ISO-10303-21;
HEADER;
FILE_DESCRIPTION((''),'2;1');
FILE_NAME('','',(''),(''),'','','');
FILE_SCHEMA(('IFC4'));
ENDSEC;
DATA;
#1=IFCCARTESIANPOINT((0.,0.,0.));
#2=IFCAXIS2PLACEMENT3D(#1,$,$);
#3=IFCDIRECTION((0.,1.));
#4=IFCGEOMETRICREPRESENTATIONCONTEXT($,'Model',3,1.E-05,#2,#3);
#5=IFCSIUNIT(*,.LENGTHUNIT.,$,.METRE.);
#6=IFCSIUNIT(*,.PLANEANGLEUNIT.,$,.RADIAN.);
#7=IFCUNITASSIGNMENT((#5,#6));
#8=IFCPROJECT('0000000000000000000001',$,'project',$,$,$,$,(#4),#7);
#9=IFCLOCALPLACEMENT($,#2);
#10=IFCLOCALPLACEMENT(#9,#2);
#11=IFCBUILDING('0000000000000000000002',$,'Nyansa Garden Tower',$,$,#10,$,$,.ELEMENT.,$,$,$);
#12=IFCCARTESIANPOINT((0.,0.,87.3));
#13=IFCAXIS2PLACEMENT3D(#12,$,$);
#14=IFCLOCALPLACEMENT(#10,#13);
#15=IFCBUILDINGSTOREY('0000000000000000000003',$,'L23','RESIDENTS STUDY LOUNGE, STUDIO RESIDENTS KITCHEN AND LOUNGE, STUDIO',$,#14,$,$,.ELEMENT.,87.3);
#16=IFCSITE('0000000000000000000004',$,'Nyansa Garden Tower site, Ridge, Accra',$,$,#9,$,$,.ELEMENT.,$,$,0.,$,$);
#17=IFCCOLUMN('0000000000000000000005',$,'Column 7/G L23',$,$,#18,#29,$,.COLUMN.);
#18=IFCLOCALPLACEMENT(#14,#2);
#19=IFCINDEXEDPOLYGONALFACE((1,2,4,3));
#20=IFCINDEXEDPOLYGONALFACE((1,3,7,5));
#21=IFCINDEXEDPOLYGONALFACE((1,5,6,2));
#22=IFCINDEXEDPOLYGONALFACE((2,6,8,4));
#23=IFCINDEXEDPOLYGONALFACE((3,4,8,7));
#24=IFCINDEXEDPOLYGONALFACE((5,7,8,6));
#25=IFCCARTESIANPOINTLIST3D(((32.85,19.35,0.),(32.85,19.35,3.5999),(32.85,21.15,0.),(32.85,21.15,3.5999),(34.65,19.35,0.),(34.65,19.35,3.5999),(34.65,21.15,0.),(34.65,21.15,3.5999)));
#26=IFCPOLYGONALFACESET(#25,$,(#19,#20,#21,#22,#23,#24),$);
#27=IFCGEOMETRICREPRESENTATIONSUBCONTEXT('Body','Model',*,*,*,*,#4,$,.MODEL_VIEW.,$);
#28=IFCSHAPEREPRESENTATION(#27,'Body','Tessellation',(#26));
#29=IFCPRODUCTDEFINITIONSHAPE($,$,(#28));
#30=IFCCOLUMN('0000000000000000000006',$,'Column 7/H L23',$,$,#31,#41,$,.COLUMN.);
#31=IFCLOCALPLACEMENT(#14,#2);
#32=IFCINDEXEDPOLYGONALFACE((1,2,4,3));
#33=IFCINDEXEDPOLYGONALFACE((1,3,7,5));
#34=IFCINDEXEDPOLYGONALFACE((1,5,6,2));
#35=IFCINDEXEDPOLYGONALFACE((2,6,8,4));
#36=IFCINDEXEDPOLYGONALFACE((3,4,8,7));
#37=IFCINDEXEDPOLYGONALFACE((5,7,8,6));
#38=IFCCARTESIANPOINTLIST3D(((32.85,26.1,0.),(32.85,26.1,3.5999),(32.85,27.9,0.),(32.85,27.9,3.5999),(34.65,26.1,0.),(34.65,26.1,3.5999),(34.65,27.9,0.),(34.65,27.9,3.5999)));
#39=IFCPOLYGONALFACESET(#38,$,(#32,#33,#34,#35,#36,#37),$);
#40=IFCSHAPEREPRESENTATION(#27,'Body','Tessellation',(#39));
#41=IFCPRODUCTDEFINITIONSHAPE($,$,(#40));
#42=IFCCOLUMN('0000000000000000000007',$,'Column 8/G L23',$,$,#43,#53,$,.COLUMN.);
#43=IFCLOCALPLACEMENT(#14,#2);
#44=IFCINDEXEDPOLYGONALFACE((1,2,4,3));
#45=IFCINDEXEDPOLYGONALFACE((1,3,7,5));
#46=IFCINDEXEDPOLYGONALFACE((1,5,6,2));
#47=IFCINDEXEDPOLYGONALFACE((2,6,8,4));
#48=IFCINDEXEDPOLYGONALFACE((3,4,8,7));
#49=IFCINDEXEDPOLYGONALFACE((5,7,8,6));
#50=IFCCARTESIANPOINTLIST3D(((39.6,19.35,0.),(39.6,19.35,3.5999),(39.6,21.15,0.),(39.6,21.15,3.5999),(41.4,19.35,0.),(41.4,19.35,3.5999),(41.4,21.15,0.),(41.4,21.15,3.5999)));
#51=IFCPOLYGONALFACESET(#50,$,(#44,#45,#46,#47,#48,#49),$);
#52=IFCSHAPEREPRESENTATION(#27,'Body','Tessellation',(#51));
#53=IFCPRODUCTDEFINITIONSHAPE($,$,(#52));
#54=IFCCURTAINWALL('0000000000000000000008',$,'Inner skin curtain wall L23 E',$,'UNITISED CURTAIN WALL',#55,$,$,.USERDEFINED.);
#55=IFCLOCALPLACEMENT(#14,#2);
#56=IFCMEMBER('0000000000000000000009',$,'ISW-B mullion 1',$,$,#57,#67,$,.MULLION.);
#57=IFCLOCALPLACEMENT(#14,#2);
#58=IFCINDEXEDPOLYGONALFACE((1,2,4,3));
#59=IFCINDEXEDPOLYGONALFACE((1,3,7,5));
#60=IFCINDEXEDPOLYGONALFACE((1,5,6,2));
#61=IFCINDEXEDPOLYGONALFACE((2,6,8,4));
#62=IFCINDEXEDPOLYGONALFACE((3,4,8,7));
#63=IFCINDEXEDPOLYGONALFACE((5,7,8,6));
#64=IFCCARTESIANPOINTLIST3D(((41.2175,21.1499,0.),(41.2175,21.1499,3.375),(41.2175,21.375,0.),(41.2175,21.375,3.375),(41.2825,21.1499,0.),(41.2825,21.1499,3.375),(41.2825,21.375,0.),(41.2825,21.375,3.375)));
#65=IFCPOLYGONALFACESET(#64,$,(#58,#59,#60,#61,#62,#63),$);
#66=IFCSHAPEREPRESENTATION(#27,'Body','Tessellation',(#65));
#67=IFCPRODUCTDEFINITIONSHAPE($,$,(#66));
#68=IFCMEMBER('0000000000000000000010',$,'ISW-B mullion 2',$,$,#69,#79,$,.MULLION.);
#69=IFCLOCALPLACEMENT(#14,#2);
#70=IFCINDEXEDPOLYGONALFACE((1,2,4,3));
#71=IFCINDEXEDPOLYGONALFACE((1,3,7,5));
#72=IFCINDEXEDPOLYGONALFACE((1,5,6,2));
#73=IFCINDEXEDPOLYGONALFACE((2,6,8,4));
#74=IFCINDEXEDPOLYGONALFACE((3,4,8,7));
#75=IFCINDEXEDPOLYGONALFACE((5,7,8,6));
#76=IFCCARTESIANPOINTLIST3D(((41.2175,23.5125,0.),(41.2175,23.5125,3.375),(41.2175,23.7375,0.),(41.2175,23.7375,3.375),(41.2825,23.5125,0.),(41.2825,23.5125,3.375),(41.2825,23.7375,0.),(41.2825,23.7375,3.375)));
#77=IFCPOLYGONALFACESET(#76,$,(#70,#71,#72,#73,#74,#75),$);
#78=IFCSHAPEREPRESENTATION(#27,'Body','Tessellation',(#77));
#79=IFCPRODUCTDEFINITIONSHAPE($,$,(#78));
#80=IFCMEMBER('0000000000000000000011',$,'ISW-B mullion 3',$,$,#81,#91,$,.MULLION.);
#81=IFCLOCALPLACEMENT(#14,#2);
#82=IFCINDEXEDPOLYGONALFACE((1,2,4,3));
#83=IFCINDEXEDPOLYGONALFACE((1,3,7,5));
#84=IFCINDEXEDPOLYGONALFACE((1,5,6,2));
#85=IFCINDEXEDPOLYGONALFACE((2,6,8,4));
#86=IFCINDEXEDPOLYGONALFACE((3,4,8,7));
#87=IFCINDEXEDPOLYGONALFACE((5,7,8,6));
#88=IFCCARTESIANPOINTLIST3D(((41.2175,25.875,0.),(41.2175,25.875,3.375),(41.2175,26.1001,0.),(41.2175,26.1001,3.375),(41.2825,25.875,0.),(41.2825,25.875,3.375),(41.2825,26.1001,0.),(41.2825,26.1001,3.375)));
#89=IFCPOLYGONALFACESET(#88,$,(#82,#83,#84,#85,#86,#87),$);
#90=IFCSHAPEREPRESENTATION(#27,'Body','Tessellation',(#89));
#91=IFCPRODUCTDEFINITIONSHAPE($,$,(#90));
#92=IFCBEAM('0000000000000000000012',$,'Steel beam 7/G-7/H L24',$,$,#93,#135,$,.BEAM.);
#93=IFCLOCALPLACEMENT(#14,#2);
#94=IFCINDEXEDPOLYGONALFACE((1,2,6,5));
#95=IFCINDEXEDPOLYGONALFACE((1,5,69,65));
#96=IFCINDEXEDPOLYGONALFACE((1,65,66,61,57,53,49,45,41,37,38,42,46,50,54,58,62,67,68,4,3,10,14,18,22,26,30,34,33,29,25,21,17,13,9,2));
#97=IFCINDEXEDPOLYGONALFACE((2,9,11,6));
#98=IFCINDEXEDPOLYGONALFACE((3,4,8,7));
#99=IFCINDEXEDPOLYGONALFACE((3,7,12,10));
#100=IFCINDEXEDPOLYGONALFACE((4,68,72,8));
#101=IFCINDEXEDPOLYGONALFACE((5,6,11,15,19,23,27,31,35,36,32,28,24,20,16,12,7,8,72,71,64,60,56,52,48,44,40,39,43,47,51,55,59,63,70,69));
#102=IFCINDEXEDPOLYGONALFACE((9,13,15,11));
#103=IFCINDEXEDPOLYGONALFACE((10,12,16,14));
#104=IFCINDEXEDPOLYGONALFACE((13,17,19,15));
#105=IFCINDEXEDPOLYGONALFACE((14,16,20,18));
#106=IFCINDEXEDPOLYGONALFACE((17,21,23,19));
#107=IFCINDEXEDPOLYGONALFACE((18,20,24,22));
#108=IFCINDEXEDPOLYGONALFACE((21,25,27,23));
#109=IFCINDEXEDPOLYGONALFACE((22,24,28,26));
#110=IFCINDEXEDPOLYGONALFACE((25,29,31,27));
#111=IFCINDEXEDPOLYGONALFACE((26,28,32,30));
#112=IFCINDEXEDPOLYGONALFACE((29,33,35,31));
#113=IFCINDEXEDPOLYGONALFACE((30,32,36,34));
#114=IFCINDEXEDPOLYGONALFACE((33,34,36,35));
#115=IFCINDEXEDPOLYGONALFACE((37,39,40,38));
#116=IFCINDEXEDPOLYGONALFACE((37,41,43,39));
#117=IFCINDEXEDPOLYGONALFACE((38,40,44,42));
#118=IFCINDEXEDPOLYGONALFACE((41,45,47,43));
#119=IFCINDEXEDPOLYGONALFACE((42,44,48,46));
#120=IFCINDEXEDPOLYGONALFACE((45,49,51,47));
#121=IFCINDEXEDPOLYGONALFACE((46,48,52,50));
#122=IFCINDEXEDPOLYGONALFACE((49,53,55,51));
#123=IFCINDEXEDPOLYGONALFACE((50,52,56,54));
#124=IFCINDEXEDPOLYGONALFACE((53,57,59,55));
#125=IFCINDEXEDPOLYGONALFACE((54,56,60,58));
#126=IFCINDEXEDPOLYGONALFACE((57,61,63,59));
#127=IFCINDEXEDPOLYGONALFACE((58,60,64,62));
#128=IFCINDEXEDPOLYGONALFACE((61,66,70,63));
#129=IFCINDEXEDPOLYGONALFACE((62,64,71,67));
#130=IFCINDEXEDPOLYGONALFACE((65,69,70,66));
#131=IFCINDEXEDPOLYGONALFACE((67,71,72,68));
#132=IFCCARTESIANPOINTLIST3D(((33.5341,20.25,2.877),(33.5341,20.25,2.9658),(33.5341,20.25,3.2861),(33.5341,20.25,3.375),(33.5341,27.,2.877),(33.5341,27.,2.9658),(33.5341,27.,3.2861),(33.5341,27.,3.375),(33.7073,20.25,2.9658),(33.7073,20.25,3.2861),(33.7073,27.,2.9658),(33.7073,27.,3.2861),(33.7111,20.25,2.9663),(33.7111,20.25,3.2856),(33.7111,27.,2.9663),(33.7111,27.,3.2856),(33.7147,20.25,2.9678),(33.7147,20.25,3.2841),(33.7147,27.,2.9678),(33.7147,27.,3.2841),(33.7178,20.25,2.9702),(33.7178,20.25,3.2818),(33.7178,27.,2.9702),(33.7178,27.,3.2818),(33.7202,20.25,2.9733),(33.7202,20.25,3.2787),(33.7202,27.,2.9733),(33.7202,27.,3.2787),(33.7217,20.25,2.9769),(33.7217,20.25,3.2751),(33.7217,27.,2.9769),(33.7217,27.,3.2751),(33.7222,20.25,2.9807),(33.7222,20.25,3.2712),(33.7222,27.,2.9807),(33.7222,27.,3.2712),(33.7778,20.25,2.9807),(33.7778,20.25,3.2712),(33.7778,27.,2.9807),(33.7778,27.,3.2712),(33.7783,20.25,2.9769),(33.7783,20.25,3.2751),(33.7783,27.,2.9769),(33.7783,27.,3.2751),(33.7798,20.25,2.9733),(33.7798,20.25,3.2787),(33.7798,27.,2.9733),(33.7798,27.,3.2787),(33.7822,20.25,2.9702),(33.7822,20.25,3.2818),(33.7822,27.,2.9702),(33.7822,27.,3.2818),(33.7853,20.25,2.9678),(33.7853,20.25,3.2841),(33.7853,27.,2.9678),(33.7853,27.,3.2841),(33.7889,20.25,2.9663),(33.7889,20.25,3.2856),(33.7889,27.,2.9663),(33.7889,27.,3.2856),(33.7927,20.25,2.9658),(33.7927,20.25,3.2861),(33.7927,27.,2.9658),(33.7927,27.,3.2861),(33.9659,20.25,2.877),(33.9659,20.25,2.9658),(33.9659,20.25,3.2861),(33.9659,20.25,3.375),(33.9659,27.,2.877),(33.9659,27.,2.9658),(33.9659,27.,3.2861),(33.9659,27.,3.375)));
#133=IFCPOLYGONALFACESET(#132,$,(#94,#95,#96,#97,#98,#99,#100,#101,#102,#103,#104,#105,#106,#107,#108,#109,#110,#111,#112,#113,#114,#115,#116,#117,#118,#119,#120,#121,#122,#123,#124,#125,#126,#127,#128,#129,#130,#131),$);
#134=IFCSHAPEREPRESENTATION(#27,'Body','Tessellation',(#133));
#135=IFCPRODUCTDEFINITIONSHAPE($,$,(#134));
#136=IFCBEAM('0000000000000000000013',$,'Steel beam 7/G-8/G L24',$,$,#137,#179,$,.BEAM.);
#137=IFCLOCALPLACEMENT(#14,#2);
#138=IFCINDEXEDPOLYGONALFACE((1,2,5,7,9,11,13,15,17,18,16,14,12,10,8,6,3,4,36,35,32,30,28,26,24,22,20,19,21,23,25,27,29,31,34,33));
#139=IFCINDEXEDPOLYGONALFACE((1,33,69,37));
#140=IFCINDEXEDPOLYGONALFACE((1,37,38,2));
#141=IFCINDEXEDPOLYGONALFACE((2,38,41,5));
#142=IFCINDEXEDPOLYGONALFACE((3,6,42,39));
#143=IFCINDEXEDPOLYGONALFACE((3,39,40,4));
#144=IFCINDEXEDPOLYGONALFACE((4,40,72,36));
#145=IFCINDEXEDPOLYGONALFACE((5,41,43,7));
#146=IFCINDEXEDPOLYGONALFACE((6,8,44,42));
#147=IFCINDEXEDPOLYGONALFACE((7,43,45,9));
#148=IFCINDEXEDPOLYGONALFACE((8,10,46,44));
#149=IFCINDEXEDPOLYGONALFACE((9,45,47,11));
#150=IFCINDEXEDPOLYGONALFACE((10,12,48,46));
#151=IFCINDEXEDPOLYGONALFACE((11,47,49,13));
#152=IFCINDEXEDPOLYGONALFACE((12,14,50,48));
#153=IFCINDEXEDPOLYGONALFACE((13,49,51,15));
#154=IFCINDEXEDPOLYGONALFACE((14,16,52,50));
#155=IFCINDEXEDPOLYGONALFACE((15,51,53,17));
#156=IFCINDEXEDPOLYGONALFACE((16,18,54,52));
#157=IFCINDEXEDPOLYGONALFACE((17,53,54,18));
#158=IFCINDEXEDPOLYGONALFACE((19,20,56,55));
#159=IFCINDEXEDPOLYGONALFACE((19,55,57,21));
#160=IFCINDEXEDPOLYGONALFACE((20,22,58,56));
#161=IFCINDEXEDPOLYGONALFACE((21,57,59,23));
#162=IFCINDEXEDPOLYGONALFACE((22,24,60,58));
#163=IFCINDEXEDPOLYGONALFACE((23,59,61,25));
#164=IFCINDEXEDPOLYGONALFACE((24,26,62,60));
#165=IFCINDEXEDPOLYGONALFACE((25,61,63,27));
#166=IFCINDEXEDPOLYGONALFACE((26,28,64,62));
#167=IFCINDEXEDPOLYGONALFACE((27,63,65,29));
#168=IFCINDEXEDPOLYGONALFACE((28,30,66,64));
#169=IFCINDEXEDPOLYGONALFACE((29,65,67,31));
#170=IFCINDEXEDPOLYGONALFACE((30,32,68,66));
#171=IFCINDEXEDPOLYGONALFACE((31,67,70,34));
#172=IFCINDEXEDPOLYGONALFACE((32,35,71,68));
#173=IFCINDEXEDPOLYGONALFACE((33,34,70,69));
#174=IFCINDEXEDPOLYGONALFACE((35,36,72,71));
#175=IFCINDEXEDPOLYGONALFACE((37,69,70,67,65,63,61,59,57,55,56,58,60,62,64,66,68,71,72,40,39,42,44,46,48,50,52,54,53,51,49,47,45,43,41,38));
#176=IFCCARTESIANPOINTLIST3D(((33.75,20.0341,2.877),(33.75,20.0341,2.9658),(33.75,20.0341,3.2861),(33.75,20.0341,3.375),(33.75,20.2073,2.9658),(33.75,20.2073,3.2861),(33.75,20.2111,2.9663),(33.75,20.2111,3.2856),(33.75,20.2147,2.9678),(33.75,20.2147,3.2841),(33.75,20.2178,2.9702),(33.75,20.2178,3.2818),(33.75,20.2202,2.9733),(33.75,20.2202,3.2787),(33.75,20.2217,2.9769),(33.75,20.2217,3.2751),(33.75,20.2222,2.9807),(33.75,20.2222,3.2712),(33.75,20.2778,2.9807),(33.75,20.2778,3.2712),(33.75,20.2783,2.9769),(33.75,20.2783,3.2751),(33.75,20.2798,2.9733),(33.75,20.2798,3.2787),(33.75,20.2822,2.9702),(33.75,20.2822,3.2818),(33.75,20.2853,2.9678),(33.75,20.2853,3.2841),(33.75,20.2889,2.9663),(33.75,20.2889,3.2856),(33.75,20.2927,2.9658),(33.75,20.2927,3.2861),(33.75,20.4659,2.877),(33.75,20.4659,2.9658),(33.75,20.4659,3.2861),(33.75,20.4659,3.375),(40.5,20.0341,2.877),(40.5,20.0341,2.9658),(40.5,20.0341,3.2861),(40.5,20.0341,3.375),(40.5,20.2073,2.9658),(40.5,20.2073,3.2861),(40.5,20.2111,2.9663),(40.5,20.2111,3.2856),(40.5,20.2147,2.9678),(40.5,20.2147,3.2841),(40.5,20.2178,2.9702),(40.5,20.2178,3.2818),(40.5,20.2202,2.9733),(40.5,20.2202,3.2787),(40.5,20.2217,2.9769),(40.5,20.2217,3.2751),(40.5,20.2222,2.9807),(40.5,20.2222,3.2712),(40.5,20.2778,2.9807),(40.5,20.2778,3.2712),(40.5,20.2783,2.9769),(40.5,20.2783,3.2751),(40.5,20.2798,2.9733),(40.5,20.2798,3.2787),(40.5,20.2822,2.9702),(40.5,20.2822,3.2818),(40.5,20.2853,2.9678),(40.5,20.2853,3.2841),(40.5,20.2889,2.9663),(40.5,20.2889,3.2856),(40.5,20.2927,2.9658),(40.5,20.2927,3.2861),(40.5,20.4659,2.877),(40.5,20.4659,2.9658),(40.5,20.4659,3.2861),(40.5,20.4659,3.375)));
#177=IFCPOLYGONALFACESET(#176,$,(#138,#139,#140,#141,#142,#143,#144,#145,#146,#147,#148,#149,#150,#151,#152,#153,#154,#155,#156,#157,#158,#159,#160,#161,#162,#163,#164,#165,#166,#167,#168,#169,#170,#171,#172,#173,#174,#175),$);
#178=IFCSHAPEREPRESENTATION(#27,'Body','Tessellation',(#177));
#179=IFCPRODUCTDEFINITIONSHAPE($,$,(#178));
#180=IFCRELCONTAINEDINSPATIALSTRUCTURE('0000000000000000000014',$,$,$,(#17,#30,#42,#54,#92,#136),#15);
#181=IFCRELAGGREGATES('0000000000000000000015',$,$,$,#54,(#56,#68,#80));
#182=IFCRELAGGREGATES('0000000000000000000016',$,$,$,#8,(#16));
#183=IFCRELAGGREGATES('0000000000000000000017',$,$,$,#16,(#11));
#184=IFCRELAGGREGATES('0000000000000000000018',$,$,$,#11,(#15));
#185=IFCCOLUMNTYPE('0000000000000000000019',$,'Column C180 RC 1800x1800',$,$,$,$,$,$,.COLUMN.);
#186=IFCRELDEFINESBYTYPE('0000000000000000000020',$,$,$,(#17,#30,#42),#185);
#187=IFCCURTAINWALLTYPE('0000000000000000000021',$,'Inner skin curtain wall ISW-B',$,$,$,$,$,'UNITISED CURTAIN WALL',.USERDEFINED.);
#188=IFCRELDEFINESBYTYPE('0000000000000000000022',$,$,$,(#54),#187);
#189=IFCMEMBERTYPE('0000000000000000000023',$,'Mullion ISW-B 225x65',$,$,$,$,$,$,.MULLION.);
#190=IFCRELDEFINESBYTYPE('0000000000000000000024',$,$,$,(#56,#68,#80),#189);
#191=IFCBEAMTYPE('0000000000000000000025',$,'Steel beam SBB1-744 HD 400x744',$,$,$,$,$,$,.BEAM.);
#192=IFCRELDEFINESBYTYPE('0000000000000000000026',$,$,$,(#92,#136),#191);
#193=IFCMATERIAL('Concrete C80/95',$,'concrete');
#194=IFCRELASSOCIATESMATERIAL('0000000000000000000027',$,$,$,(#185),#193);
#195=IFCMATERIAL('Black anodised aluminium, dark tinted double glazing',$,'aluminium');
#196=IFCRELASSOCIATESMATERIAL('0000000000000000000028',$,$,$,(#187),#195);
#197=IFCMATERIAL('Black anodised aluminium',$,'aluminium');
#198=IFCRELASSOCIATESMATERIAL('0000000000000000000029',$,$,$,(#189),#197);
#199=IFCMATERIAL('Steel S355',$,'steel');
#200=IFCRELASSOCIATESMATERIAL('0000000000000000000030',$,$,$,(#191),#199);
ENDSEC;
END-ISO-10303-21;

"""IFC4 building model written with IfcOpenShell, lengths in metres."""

from ifc_helpers import new_model, si_unit, direction, frame, origin, origin_2d, place, context, subcontext, project, spatial, rectangle, i_section, extrude, material, material_profile, profile_set, type_object, element, aggregate, save


model = new_model("IFC4")

# Units and contexts
model_context = context("Model", 3, precision=1e-05, world=origin(), true_north=direction((0.0, 1.0)))
body_context = subcontext(model_context, "Body", "Model", "MODEL_VIEW")
ifc_project = project(units=[si_unit("LENGTHUNIT", "METRE"), si_unit("PLANEANGLEUNIT", "RADIAN")], contexts=[model_context])

# Site, building, storey
site_placement = place(None, origin())
site = spatial("IfcSite", under=ifc_project, at=site_placement, Name="Nyansa Garden Tower site, Ridge, Accra", CompositionType="ELEMENT", RefElevation=0.0)
building_placement = place(site_placement, origin())
building = spatial("IfcBuilding", under=site, at=building_placement, Name="Nyansa Garden Tower", CompositionType="ELEMENT")
storey_placement = place(building_placement, frame((0.0, 0.0, 87.3)))
storey = spatial("IfcBuildingStorey", under=building, at=storey_placement, Name="L23", Description="RESIDENTS STUDY LOUNGE, STUDIO RESIDENTS KITCHEN AND LOUNGE, STUDIO", CompositionType="ELEMENT", Elevation=87.3)

# Columns
ifc_material_1 = material(Name="Concrete C80/95", Category="concrete")
ifc_material_profile_1 = material_profile(ifc_material_1, rectangle(XDim=1.8, YDim=1.8, at=origin_2d()), Name="RC 1800x1800")
ifc_profile_set_1 = profile_set([ifc_material_profile_1], Name="Concrete C80/95")
column_type = type_object("IfcColumnType", Name="Column C180 RC 1800x1800", PredefinedType="COLUMN", material=ifc_profile_set_1)
for number, where, z_axis, x_axis, name in (
    (1, (33.75, 20.25, 0.0), (0.0, 0.0, 1.0), (1.0, 0.0, 0.0), "Column 7/G L23"),
    (2, (33.75, 27.0, 0.0), (0.0, 0.0, 1.0), (1.0, 0.0, 0.0), "Column 7/H L23"),
    (3, (40.5, 20.25, 0.0), (0.0, 0.0, 1.0), (1.0, 0.0, 0.0), "Column 8/G L23"),
):
    element("IfcColumn", number, at=place(storey_placement, frame(where, z_axis=z_axis, x_axis=x_axis)), inside=storey, type_object=column_type, Name=name, PredefinedType="COLUMN", context=body_context, shape_type="SweptSolid", body=[
        extrude(rectangle(XDim=1.8, YDim=1.8, at=origin_2d()), origin(), (0.0, 0.0, 1.0), 3.5999),
    ])

# Curtain wall, members
ifc_material_2 = material(Name="Black anodised aluminium, dark tinted double glazing", Category="aluminium")
curtain_wall_type = type_object("IfcCurtainWallType", Name="Inner skin curtain wall ISW-B", ElementType="UNITISED CURTAIN WALL", PredefinedType="USERDEFINED", material=ifc_material_2)
curtain_wall_placement = place(storey_placement, origin())
curtain_wall = element("IfcCurtainWall", 4, at=curtain_wall_placement, inside=storey, type_object=curtain_wall_type, Name="Inner skin curtain wall L23 E", ObjectType="UNITISED CURTAIN WALL", PredefinedType="USERDEFINED")
ifc_material_3 = material(Name="Black anodised aluminium", Category="aluminium")
ifc_material_profile_2 = material_profile(ifc_material_3, rectangle(XDim=0.0649, YDim=0.2251, at=origin_2d()), Name="Mullion 225x65")
ifc_profile_set_2 = profile_set([ifc_material_profile_2], Name="Black anodised aluminium")
member_type_1 = type_object("IfcMemberType", Name="Mullion ISW-B 225x65", PredefinedType="MULLION", material=ifc_profile_set_2)
member_1_placement = place(storey_placement, frame((41.25, 21.2625, 0.0), z_axis=(0.0, 0.0, 1.0), x_axis=(-1.0, 0.0, 0.0)))
member_1 = element("IfcMember", 5, at=member_1_placement, type_object=member_type_1, Name="ISW-B mullion 1", PredefinedType="MULLION", context=body_context, shape_type="SweptSolid", body=[
    extrude(rectangle(XDim=0.0649, YDim=0.2251, at=origin_2d()), origin(), (0.0, 0.0, 1.0), 3.375),
])
member_2_placement = place(storey_placement, frame((41.25, 23.625, 0.0), z_axis=(0.0, 0.0, 1.0), x_axis=(-1.0, 0.0, 0.0)))
member_2 = element("IfcMember", 6, at=member_2_placement, type_object=member_type_1, Name="ISW-B mullion 2", PredefinedType="MULLION", context=body_context, shape_type="SweptSolid", body=[
    extrude(rectangle(XDim=0.0649, YDim=0.2251, at=origin_2d()), origin(), (0.0, 0.0, 1.0), 3.375),
])
member_3_placement = place(storey_placement, frame((41.25, 25.9875, 0.0), z_axis=(0.0, 0.0, 1.0), x_axis=(-1.0, 0.0, 0.0)))
member_3 = element("IfcMember", 7, at=member_3_placement, type_object=member_type_1, Name="ISW-B mullion 3", PredefinedType="MULLION", context=body_context, shape_type="SweptSolid", body=[
    extrude(rectangle(XDim=0.0649, YDim=0.2251, at=origin_2d()), origin(), (0.0, 0.0, 1.0), 3.375),
])

# Beams
ifc_material_4 = material(Name="Steel S355", Category="steel")
ifc_material_profile_3 = material_profile(ifc_material_4, i_section(OverallWidth=0.4319, OverallDepth=0.498, WebThickness=0.0557, FlangeThickness=0.0889, FilletRadius=0.0149, at=origin_2d()), Name="HD 400x744")
ifc_profile_set_3 = profile_set([ifc_material_profile_3], Name="Steel S355")
beam_type_1 = type_object("IfcBeamType", Name="Steel beam SBB1-744 HD 400x744", PredefinedType="BEAM", material=ifc_profile_set_3)
for number, where, z_axis, x_axis, name in (
    (8, (33.75, 20.25, 3.126), (0.0, 1.0, 0.0), (-1.0, 0.0, 0.0), "Steel beam 7/G-7/H L24"),
    (9, (33.75, 20.25, 3.126), (1.0, 0.0, 0.0), (0.0, 1.0, 0.0), "Steel beam 7/G-8/G L24"),
):
    element("IfcBeam", number, at=place(storey_placement, frame(where, z_axis=z_axis, x_axis=x_axis)), inside=storey, type_object=beam_type_1, Name=name, PredefinedType="BEAM", context=body_context, shape_type="SweptSolid", body=[
        extrude(i_section(OverallWidth=0.4319, OverallDepth=0.498, WebThickness=0.0557, FlangeThickness=0.0889, FilletRadius=0.0149, at=origin_2d()), origin(), (0.0, 0.0, 1.0), 6.75),
    ])

aggregate(curtain_wall, [member_1, member_2, member_3])

save(model, "model.ifc")
